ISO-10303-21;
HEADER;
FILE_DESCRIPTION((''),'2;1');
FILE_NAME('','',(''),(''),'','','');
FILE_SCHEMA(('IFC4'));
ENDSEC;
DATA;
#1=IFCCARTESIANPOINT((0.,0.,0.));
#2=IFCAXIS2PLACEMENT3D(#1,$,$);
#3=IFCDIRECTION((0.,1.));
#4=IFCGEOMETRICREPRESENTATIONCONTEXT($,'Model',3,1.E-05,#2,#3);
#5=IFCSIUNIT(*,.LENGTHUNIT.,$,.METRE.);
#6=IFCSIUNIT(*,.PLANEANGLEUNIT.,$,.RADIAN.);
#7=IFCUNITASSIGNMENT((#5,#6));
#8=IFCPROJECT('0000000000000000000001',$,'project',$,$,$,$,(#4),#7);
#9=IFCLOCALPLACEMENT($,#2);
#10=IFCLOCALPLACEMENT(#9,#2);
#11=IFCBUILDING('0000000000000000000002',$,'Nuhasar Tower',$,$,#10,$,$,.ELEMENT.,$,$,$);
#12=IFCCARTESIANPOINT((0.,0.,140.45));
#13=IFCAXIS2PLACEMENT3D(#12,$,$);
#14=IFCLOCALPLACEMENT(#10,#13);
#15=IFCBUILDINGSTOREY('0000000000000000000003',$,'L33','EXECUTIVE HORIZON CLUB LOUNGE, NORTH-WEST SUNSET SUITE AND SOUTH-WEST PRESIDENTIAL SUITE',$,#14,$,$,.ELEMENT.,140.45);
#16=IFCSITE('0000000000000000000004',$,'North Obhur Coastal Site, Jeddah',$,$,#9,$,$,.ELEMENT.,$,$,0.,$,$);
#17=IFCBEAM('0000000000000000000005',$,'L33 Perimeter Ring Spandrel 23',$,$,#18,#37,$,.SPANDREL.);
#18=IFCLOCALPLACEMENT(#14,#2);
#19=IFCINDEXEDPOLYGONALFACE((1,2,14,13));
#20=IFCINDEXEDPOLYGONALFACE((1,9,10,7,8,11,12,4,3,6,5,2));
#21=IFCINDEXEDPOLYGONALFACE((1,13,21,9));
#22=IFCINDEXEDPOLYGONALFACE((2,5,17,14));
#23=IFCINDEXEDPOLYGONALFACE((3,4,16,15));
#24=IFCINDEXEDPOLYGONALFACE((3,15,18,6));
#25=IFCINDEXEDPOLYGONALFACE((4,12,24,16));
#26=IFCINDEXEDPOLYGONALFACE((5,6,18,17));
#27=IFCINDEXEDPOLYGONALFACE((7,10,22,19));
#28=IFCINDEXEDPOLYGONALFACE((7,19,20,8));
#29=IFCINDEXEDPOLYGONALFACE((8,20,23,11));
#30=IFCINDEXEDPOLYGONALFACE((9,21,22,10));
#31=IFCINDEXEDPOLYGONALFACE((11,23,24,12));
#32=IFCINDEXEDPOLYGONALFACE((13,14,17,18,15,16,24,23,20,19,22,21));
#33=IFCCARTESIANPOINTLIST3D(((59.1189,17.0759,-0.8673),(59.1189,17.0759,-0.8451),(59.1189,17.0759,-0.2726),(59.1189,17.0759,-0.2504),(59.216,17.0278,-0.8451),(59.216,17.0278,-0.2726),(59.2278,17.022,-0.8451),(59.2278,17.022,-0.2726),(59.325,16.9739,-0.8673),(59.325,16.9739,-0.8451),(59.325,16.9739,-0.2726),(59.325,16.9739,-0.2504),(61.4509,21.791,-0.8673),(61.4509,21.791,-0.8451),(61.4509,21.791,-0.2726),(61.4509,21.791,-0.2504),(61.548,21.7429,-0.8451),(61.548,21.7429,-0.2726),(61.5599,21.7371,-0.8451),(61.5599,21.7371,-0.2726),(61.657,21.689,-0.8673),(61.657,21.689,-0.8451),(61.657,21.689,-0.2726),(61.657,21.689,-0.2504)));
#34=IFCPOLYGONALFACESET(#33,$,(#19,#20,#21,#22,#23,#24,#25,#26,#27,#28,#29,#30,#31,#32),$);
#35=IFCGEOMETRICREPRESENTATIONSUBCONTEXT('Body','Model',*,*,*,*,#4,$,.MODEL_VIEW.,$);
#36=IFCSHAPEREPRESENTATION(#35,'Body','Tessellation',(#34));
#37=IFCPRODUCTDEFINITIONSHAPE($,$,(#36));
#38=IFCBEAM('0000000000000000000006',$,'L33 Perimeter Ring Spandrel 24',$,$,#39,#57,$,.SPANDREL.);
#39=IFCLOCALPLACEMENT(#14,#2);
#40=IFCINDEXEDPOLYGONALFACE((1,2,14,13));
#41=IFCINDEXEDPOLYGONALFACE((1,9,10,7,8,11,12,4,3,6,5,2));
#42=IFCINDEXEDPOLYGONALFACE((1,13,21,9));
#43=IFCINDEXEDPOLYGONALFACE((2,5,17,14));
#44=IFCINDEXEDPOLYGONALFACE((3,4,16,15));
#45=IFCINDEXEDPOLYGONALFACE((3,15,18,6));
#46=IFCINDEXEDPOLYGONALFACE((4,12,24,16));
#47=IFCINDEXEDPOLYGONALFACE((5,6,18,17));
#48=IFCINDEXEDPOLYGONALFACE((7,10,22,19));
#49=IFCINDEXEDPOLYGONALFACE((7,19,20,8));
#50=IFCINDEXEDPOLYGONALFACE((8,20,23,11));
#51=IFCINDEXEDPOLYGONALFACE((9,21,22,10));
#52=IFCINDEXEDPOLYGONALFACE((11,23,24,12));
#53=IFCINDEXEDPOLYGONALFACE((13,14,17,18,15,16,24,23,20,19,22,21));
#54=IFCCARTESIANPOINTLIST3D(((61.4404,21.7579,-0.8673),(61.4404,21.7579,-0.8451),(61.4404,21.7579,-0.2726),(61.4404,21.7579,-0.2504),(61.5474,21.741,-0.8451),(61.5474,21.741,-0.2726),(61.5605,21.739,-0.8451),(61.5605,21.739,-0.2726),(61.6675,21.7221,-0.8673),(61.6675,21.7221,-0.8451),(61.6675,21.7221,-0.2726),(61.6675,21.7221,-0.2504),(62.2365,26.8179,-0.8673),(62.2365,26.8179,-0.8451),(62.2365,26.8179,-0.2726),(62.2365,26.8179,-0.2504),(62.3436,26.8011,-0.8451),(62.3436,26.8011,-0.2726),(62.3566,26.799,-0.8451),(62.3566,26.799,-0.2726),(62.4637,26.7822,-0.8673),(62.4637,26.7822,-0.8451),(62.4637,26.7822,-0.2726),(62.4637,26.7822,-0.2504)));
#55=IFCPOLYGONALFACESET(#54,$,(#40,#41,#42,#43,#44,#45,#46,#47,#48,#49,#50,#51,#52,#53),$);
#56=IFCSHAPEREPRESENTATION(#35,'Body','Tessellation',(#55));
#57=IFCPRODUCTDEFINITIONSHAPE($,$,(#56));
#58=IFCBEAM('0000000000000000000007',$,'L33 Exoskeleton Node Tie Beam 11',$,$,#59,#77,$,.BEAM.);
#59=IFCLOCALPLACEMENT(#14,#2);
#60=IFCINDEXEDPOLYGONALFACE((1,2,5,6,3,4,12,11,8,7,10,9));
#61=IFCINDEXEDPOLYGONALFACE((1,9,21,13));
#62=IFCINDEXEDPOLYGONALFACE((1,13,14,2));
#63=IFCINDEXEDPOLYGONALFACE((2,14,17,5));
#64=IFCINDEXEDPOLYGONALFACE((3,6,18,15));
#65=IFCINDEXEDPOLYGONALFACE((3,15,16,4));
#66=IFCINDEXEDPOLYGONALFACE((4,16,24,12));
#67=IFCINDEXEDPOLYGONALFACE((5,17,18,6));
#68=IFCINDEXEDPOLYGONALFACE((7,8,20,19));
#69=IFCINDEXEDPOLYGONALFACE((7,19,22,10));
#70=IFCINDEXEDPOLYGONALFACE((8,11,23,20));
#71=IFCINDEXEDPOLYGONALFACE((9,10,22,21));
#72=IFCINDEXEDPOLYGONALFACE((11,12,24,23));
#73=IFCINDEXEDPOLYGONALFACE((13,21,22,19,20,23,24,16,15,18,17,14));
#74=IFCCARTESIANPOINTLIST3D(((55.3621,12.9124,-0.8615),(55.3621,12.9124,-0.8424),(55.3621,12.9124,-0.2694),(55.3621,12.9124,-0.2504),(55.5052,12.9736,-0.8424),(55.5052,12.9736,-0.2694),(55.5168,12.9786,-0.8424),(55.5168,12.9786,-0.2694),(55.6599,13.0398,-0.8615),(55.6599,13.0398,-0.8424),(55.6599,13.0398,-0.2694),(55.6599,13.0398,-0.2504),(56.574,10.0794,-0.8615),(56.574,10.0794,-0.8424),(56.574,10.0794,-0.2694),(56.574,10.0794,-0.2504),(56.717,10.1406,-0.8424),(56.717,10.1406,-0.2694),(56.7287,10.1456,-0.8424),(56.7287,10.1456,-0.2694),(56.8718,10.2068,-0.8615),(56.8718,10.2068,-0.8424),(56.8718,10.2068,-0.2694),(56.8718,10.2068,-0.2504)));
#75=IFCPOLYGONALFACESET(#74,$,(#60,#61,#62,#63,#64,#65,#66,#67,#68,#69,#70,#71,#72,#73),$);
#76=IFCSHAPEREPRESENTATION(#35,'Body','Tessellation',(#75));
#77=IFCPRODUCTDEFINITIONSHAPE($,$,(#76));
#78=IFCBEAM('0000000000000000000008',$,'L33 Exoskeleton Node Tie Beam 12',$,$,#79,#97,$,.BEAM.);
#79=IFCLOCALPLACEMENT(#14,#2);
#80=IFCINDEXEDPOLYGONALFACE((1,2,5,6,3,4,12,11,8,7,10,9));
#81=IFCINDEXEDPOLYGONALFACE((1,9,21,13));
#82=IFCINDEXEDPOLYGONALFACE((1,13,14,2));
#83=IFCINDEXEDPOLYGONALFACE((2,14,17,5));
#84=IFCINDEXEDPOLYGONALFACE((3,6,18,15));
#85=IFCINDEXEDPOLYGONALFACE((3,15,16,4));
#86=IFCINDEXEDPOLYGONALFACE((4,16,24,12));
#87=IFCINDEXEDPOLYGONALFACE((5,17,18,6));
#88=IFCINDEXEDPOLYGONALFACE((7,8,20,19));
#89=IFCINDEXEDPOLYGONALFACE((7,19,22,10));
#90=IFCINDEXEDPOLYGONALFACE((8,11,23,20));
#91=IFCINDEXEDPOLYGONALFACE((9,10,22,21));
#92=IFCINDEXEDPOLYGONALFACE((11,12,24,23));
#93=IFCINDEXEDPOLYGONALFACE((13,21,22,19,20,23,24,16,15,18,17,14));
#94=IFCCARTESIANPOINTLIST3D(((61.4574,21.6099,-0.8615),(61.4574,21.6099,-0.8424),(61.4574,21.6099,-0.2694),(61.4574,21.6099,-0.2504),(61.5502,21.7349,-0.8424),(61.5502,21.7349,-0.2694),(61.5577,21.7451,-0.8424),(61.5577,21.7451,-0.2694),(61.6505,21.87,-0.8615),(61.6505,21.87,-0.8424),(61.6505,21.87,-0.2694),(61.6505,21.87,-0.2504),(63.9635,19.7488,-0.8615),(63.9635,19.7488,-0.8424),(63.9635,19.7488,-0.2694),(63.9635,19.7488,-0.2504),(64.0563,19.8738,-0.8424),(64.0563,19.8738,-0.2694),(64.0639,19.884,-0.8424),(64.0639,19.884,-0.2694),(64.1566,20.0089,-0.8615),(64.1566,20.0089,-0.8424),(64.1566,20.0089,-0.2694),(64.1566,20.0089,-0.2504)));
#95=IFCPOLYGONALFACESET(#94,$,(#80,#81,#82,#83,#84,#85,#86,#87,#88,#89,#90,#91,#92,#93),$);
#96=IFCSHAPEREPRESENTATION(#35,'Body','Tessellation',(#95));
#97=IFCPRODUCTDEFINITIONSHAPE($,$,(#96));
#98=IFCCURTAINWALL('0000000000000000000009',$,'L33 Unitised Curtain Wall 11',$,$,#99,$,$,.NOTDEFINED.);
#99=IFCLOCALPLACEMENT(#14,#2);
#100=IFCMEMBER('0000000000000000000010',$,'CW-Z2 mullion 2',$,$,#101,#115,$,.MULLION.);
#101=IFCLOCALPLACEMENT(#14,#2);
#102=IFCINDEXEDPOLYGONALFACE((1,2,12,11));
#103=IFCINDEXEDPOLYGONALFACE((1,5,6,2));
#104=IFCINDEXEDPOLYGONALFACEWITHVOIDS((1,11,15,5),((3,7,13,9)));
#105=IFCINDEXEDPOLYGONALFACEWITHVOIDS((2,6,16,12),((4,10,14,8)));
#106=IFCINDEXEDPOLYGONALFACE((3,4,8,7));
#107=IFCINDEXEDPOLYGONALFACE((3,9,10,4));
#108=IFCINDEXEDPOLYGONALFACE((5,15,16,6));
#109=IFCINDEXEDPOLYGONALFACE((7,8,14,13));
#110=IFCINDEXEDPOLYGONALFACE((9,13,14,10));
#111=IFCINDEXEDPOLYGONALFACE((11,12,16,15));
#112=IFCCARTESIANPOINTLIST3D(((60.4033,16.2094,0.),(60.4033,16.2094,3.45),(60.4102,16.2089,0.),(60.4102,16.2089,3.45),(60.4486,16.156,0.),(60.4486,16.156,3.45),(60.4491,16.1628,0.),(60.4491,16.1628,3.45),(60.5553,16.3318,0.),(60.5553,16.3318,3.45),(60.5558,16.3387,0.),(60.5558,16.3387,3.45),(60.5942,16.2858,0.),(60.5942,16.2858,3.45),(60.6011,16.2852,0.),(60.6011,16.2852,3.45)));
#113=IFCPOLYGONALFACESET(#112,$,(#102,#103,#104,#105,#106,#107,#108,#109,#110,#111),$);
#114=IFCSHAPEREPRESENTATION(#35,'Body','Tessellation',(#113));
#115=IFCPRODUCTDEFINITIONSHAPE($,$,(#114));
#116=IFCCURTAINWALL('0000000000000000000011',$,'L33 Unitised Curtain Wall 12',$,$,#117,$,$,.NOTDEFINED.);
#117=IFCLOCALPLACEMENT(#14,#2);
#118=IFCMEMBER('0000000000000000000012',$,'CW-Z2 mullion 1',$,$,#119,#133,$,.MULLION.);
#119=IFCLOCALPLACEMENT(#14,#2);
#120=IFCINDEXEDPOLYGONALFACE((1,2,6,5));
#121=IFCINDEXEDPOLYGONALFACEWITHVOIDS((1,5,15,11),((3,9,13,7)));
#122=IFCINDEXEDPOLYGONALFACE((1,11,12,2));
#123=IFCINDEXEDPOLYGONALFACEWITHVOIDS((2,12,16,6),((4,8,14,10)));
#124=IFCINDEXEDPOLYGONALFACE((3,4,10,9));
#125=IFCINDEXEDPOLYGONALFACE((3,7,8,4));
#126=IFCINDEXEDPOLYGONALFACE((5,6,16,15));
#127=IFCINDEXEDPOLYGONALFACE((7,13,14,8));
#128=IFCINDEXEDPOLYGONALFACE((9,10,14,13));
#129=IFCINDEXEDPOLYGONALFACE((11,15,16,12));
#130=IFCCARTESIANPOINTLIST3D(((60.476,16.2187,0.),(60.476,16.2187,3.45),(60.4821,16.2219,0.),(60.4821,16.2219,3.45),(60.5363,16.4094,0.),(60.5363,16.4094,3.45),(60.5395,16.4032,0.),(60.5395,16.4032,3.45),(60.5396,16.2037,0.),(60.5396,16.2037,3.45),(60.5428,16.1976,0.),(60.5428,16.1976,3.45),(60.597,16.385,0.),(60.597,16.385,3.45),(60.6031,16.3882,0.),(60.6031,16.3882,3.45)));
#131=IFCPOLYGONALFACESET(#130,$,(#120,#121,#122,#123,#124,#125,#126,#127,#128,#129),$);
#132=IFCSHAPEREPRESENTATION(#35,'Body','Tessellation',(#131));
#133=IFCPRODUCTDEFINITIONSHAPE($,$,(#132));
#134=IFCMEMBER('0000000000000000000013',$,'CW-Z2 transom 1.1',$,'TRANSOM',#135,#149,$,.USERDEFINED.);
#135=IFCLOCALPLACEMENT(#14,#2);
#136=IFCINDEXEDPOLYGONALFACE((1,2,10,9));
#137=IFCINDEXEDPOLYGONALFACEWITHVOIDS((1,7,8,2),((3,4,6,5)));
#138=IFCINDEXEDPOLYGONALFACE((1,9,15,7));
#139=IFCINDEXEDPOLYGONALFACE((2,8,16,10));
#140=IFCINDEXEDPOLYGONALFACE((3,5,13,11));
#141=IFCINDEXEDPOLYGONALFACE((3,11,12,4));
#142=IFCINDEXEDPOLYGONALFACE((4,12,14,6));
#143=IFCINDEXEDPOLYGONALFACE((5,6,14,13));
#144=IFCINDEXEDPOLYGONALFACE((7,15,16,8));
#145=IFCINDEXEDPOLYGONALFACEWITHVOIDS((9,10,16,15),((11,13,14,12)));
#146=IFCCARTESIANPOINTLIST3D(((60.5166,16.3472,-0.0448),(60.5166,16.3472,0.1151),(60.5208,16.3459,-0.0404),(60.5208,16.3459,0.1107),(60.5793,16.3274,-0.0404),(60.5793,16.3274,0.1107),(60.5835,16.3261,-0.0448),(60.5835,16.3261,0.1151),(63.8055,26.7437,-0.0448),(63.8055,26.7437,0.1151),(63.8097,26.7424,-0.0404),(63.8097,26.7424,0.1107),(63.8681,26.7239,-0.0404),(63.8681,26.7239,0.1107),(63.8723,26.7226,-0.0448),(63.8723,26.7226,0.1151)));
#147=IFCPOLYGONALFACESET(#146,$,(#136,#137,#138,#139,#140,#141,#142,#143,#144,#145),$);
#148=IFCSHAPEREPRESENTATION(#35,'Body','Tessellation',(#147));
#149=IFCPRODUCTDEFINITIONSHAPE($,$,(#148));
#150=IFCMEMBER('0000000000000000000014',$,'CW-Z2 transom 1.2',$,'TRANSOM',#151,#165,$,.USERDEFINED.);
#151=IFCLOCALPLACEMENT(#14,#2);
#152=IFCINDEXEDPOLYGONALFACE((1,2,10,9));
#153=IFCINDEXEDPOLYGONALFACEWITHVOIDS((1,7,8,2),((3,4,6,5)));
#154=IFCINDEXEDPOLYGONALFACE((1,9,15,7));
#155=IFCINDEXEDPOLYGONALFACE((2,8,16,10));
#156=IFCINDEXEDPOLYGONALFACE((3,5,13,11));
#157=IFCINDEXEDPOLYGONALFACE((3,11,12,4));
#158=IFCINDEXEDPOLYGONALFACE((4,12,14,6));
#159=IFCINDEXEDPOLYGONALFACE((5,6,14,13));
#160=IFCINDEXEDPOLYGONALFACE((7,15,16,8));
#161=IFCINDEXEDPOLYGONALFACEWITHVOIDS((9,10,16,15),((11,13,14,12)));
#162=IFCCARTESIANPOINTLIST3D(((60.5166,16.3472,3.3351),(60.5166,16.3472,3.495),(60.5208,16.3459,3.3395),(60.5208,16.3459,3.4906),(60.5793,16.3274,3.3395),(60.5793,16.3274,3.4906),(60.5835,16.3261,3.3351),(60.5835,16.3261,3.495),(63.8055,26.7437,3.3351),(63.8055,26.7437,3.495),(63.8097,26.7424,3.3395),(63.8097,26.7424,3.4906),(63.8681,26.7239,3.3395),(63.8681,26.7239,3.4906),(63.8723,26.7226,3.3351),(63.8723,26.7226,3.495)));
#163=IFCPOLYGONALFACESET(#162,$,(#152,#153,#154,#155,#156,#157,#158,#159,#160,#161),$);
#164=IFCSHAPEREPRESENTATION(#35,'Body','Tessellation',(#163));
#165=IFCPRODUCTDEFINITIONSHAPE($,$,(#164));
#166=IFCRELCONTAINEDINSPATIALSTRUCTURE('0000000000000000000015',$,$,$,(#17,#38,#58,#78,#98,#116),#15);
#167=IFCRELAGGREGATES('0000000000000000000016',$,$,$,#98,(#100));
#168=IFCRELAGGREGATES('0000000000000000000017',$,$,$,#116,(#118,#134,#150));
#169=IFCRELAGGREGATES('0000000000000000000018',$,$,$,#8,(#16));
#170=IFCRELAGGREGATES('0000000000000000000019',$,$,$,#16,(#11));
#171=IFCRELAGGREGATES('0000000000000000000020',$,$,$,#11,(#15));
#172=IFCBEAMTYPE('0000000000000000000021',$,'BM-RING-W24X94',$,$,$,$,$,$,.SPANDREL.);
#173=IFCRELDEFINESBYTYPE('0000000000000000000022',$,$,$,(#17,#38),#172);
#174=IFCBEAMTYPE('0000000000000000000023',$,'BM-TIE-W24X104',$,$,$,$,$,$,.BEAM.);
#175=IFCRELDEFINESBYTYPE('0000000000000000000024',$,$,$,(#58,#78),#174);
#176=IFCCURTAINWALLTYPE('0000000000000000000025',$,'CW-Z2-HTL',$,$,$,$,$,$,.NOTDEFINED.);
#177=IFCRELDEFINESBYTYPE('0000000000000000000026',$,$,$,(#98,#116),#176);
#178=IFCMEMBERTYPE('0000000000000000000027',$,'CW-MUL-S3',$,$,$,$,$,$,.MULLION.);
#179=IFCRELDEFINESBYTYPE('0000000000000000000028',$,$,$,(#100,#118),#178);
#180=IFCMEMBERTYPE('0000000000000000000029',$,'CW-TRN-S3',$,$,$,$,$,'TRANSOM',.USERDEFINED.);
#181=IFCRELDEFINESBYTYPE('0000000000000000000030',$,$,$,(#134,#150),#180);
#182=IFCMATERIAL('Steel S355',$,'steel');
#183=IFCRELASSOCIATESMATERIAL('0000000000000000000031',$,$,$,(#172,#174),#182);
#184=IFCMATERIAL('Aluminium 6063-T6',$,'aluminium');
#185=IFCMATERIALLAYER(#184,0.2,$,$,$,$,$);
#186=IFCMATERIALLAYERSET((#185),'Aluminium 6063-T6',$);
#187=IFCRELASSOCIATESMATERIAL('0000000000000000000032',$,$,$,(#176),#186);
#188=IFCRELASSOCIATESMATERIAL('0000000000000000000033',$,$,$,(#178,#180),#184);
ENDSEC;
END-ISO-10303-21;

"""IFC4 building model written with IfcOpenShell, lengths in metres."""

from ifc_helpers import new_model, si_unit, direction, frame, origin, origin_2d, place, context, subcontext, project, spatial, hollow_rectangle, i_section, extrude, material, layer, layer_set, material_profile, profile_set, type_object, element, aggregate, save


model = new_model("IFC4")

# Units and contexts
model_context = context("Model", 3, precision=1e-05, world=origin(), true_north=direction((0.0, 1.0)))
body_context = subcontext(model_context, "Body", "Model", "MODEL_VIEW")
ifc_project = project(units=[si_unit("LENGTHUNIT", "METRE"), si_unit("PLANEANGLEUNIT", "RADIAN")], contexts=[model_context])

# Site, building, storey
site_placement = place(None, origin())
site = spatial("IfcSite", under=ifc_project, at=site_placement, Name="North Obhur Coastal Site, Jeddah", CompositionType="ELEMENT", RefElevation=0.0)
building_placement = place(site_placement, origin())
building = spatial("IfcBuilding", under=site, at=building_placement, Name="Nuhasar Tower", CompositionType="ELEMENT")
storey_placement = place(building_placement, frame((0.0, 0.0, 140.45)))
storey = spatial("IfcBuildingStorey", under=building, at=storey_placement, Name="L33", Description="EXECUTIVE HORIZON CLUB LOUNGE, NORTH-WEST SUNSET SUITE AND SOUTH-WEST PRESIDENTIAL SUITE", CompositionType="ELEMENT", Elevation=140.45)

# Beams
ifc_material_1 = material(Name="Steel S355", Category="steel")
ifc_material_profile_1 = material_profile(ifc_material_1, i_section(OverallWidth=0.23, OverallDepth=0.6169, WebThickness=0.0132, FlangeThickness=0.0222, at=origin_2d()), Name="W24X94")
ifc_profile_set_1 = profile_set([ifc_material_profile_1], Name="Steel S355")
beam_type_1 = type_object("IfcBeamType", Name="BM-RING-W24X94", PredefinedType="SPANDREL", material=ifc_profile_set_1)
beam_1_placement = place(storey_placement, frame((59.2219, 17.0249, -0.5588), z_axis=(0.443329, 0.896359, 0.0), x_axis=(-0.896359, 0.443329, 0.0)))
element("IfcBeam", 1, at=beam_1_placement, inside=storey, type_object=beam_type_1, Name="L33 Perimeter Ring Spandrel 23", PredefinedType="SPANDREL", context=body_context, shape_type="SweptSolid", body=[
    extrude(i_section(OverallWidth=0.23, OverallDepth=0.6169, WebThickness=0.0132, FlangeThickness=0.0222, at=origin_2d()), origin(), (0.0, 0.0, 1.0), 5.2603),
])
beam_2_placement = place(storey_placement, frame((61.554, 21.74, -0.5588), z_axis=(0.155427, 0.987847, 0.0), x_axis=(-0.987847, 0.155427, 0.0)))
element("IfcBeam", 2, at=beam_2_placement, inside=storey, type_object=beam_type_1, Name="L33 Perimeter Ring Spandrel 24", PredefinedType="SPANDREL", context=body_context, shape_type="SweptSolid", body=[
    extrude(i_section(OverallWidth=0.23, OverallDepth=0.6169, WebThickness=0.0132, FlangeThickness=0.0222, at=origin_2d()), origin(), (0.0, 0.0, 1.0), 5.1223),
])
ifc_material_profile_2 = material_profile(ifc_material_1, i_section(OverallWidth=0.324, OverallDepth=0.6111, WebThickness=0.0127, FlangeThickness=0.019, at=origin_2d()), Name="W24X104")
ifc_profile_set_2 = profile_set([ifc_material_profile_2], Name="Steel S355")
beam_type_2 = type_object("IfcBeamType", Name="BM-TIE-W24X104", PredefinedType="BEAM", material=ifc_profile_set_2)
beam_3_placement = place(storey_placement, frame((55.511, 12.9761, -0.5559), z_axis=(0.393307, -0.919407, 0.0), x_axis=(0.919407, 0.393307, 0.0)))
element("IfcBeam", 3, at=beam_3_placement, inside=storey, type_object=beam_type_2, Name="L33 Exoskeleton Node Tie Beam 11", PredefinedType="BEAM", context=body_context, shape_type="SweptSolid", body=[
    extrude(i_section(OverallWidth=0.324, OverallDepth=0.6111, WebThickness=0.0127, FlangeThickness=0.019, at=origin_2d()), origin(), (0.0, 0.0, 1.0), 3.0813),
])
beam_4_placement = place(storey_placement, frame((61.554, 21.74, -0.5559), z_axis=(0.802835, -0.596202, 0.0), x_axis=(0.596202, 0.802835, 0.0)))
element("IfcBeam", 4, at=beam_4_placement, inside=storey, type_object=beam_type_2, Name="L33 Exoskeleton Node Tie Beam 12", PredefinedType="BEAM", context=body_context, shape_type="SweptSolid", body=[
    extrude(i_section(OverallWidth=0.324, OverallDepth=0.6111, WebThickness=0.0127, FlangeThickness=0.019, at=origin_2d()), origin(), (0.0, 0.0, 1.0), 3.1216),
])

# Curtain wall, member
ifc_material_2 = material(Name="Aluminium 6063-T6", Category="aluminium")
ifc_layer_1 = layer(ifc_material_2, 0.2)
ifc_layer_set_1 = layer_set([ifc_layer_1], Name="Aluminium 6063-T6")
curtain_wall_type = type_object("IfcCurtainWallType", Name="CW-Z2-HTL", PredefinedType="NOTDEFINED", material=ifc_layer_set_1)
curtain_wall_1_placement = place(storey_placement, origin())
curtain_wall_1 = element("IfcCurtainWall", 5, at=curtain_wall_1_placement, inside=storey, type_object=curtain_wall_type, Name="L33 Unitised Curtain Wall 11", PredefinedType="NOTDEFINED")
ifc_material_profile_3 = material_profile(ifc_material_2, hollow_rectangle(XDim=0.0701, YDim=0.2, WallThickness=0.0049, at=origin_2d()), Name="CWM-3")
ifc_profile_set_3 = profile_set([ifc_material_profile_3], Name="Aluminium 6063-T6")
member_type_1 = type_object("IfcMemberType", Name="CW-MUL-S3", PredefinedType="MULLION", material=ifc_profile_set_3)
member_1_placement = place(storey_placement, frame((60.5022, 16.2473, 0.0), z_axis=(0.0, 0.0, 1.0), x_axis=(-0.646374, 0.76302, 0.0)))
member_1 = element("IfcMember", 6, at=member_1_placement, type_object=member_type_1, Name="CW-Z2 mullion 2", PredefinedType="MULLION", context=body_context, shape_type="SweptSolid", body=[
    extrude(hollow_rectangle(XDim=0.0701, YDim=0.2, WallThickness=0.0049, at=origin_2d()), origin(), (0.0, 0.0, 1.0), 3.45),
])

# Curtain wall, members
curtain_wall_2_placement = place(storey_placement, origin())
curtain_wall_2 = element("IfcCurtainWall", 7, at=curtain_wall_2_placement, inside=storey, type_object=curtain_wall_type, Name="L33 Unitised Curtain Wall 12", PredefinedType="NOTDEFINED")
member_2_placement = place(storey_placement, frame((60.5396, 16.3035, 0.0), z_axis=(0.0, 0.0, 1.0), x_axis=(-0.953433, 0.301604, 0.0)))
member_2 = element("IfcMember", 8, at=member_2_placement, type_object=member_type_1, Name="CW-Z2 mullion 1", PredefinedType="MULLION", context=body_context, shape_type="SweptSolid", body=[
    extrude(hollow_rectangle(XDim=0.0701, YDim=0.2, WallThickness=0.0049, at=origin_2d()), origin(), (0.0, 0.0, 1.0), 3.45),
])
ifc_material_profile_4 = material_profile(ifc_material_2, hollow_rectangle(XDim=0.0701, YDim=0.1599, WallThickness=0.0044, at=origin_2d()), Name="CWT-3")
ifc_profile_set_4 = profile_set([ifc_material_profile_4], Name="Aluminium 6063-T6")
member_type_2 = type_object("IfcMemberType", Name="CW-TRN-S3", ElementType="TRANSOM", PredefinedType="USERDEFINED", material=ifc_profile_set_4)
member_3_placement = place(storey_placement, frame((60.55, 16.3367, 0.0352), z_axis=(0.301608, 0.953432, 0.0), x_axis=(-0.953432, 0.301608, 0.0)))
member_3 = element("IfcMember", 9, at=member_3_placement, type_object=member_type_2, Name="CW-Z2 transom 1.1", ObjectType="TRANSOM", PredefinedType="USERDEFINED", context=body_context, shape_type="SweptSolid", body=[
    extrude(hollow_rectangle(XDim=0.0701, YDim=0.1599, WallThickness=0.0044, at=origin_2d()), origin(), (0.0, 0.0, 1.0), 10.9043),
])
member_4_placement = place(storey_placement, frame((60.55, 16.3367, 3.415), z_axis=(0.301608, 0.953432, 0.0), x_axis=(-0.953432, 0.301608, 0.0)))
member_4 = element("IfcMember", 10, at=member_4_placement, type_object=member_type_2, Name="CW-Z2 transom 1.2", ObjectType="TRANSOM", PredefinedType="USERDEFINED", context=body_context, shape_type="SweptSolid", body=[
    extrude(hollow_rectangle(XDim=0.0701, YDim=0.1599, WallThickness=0.0044, at=origin_2d()), origin(), (0.0, 0.0, 1.0), 10.9043),
])

aggregate(curtain_wall_1, [member_1])
aggregate(curtain_wall_2, [member_2, member_3, member_4])

save(model, "model.ifc")
